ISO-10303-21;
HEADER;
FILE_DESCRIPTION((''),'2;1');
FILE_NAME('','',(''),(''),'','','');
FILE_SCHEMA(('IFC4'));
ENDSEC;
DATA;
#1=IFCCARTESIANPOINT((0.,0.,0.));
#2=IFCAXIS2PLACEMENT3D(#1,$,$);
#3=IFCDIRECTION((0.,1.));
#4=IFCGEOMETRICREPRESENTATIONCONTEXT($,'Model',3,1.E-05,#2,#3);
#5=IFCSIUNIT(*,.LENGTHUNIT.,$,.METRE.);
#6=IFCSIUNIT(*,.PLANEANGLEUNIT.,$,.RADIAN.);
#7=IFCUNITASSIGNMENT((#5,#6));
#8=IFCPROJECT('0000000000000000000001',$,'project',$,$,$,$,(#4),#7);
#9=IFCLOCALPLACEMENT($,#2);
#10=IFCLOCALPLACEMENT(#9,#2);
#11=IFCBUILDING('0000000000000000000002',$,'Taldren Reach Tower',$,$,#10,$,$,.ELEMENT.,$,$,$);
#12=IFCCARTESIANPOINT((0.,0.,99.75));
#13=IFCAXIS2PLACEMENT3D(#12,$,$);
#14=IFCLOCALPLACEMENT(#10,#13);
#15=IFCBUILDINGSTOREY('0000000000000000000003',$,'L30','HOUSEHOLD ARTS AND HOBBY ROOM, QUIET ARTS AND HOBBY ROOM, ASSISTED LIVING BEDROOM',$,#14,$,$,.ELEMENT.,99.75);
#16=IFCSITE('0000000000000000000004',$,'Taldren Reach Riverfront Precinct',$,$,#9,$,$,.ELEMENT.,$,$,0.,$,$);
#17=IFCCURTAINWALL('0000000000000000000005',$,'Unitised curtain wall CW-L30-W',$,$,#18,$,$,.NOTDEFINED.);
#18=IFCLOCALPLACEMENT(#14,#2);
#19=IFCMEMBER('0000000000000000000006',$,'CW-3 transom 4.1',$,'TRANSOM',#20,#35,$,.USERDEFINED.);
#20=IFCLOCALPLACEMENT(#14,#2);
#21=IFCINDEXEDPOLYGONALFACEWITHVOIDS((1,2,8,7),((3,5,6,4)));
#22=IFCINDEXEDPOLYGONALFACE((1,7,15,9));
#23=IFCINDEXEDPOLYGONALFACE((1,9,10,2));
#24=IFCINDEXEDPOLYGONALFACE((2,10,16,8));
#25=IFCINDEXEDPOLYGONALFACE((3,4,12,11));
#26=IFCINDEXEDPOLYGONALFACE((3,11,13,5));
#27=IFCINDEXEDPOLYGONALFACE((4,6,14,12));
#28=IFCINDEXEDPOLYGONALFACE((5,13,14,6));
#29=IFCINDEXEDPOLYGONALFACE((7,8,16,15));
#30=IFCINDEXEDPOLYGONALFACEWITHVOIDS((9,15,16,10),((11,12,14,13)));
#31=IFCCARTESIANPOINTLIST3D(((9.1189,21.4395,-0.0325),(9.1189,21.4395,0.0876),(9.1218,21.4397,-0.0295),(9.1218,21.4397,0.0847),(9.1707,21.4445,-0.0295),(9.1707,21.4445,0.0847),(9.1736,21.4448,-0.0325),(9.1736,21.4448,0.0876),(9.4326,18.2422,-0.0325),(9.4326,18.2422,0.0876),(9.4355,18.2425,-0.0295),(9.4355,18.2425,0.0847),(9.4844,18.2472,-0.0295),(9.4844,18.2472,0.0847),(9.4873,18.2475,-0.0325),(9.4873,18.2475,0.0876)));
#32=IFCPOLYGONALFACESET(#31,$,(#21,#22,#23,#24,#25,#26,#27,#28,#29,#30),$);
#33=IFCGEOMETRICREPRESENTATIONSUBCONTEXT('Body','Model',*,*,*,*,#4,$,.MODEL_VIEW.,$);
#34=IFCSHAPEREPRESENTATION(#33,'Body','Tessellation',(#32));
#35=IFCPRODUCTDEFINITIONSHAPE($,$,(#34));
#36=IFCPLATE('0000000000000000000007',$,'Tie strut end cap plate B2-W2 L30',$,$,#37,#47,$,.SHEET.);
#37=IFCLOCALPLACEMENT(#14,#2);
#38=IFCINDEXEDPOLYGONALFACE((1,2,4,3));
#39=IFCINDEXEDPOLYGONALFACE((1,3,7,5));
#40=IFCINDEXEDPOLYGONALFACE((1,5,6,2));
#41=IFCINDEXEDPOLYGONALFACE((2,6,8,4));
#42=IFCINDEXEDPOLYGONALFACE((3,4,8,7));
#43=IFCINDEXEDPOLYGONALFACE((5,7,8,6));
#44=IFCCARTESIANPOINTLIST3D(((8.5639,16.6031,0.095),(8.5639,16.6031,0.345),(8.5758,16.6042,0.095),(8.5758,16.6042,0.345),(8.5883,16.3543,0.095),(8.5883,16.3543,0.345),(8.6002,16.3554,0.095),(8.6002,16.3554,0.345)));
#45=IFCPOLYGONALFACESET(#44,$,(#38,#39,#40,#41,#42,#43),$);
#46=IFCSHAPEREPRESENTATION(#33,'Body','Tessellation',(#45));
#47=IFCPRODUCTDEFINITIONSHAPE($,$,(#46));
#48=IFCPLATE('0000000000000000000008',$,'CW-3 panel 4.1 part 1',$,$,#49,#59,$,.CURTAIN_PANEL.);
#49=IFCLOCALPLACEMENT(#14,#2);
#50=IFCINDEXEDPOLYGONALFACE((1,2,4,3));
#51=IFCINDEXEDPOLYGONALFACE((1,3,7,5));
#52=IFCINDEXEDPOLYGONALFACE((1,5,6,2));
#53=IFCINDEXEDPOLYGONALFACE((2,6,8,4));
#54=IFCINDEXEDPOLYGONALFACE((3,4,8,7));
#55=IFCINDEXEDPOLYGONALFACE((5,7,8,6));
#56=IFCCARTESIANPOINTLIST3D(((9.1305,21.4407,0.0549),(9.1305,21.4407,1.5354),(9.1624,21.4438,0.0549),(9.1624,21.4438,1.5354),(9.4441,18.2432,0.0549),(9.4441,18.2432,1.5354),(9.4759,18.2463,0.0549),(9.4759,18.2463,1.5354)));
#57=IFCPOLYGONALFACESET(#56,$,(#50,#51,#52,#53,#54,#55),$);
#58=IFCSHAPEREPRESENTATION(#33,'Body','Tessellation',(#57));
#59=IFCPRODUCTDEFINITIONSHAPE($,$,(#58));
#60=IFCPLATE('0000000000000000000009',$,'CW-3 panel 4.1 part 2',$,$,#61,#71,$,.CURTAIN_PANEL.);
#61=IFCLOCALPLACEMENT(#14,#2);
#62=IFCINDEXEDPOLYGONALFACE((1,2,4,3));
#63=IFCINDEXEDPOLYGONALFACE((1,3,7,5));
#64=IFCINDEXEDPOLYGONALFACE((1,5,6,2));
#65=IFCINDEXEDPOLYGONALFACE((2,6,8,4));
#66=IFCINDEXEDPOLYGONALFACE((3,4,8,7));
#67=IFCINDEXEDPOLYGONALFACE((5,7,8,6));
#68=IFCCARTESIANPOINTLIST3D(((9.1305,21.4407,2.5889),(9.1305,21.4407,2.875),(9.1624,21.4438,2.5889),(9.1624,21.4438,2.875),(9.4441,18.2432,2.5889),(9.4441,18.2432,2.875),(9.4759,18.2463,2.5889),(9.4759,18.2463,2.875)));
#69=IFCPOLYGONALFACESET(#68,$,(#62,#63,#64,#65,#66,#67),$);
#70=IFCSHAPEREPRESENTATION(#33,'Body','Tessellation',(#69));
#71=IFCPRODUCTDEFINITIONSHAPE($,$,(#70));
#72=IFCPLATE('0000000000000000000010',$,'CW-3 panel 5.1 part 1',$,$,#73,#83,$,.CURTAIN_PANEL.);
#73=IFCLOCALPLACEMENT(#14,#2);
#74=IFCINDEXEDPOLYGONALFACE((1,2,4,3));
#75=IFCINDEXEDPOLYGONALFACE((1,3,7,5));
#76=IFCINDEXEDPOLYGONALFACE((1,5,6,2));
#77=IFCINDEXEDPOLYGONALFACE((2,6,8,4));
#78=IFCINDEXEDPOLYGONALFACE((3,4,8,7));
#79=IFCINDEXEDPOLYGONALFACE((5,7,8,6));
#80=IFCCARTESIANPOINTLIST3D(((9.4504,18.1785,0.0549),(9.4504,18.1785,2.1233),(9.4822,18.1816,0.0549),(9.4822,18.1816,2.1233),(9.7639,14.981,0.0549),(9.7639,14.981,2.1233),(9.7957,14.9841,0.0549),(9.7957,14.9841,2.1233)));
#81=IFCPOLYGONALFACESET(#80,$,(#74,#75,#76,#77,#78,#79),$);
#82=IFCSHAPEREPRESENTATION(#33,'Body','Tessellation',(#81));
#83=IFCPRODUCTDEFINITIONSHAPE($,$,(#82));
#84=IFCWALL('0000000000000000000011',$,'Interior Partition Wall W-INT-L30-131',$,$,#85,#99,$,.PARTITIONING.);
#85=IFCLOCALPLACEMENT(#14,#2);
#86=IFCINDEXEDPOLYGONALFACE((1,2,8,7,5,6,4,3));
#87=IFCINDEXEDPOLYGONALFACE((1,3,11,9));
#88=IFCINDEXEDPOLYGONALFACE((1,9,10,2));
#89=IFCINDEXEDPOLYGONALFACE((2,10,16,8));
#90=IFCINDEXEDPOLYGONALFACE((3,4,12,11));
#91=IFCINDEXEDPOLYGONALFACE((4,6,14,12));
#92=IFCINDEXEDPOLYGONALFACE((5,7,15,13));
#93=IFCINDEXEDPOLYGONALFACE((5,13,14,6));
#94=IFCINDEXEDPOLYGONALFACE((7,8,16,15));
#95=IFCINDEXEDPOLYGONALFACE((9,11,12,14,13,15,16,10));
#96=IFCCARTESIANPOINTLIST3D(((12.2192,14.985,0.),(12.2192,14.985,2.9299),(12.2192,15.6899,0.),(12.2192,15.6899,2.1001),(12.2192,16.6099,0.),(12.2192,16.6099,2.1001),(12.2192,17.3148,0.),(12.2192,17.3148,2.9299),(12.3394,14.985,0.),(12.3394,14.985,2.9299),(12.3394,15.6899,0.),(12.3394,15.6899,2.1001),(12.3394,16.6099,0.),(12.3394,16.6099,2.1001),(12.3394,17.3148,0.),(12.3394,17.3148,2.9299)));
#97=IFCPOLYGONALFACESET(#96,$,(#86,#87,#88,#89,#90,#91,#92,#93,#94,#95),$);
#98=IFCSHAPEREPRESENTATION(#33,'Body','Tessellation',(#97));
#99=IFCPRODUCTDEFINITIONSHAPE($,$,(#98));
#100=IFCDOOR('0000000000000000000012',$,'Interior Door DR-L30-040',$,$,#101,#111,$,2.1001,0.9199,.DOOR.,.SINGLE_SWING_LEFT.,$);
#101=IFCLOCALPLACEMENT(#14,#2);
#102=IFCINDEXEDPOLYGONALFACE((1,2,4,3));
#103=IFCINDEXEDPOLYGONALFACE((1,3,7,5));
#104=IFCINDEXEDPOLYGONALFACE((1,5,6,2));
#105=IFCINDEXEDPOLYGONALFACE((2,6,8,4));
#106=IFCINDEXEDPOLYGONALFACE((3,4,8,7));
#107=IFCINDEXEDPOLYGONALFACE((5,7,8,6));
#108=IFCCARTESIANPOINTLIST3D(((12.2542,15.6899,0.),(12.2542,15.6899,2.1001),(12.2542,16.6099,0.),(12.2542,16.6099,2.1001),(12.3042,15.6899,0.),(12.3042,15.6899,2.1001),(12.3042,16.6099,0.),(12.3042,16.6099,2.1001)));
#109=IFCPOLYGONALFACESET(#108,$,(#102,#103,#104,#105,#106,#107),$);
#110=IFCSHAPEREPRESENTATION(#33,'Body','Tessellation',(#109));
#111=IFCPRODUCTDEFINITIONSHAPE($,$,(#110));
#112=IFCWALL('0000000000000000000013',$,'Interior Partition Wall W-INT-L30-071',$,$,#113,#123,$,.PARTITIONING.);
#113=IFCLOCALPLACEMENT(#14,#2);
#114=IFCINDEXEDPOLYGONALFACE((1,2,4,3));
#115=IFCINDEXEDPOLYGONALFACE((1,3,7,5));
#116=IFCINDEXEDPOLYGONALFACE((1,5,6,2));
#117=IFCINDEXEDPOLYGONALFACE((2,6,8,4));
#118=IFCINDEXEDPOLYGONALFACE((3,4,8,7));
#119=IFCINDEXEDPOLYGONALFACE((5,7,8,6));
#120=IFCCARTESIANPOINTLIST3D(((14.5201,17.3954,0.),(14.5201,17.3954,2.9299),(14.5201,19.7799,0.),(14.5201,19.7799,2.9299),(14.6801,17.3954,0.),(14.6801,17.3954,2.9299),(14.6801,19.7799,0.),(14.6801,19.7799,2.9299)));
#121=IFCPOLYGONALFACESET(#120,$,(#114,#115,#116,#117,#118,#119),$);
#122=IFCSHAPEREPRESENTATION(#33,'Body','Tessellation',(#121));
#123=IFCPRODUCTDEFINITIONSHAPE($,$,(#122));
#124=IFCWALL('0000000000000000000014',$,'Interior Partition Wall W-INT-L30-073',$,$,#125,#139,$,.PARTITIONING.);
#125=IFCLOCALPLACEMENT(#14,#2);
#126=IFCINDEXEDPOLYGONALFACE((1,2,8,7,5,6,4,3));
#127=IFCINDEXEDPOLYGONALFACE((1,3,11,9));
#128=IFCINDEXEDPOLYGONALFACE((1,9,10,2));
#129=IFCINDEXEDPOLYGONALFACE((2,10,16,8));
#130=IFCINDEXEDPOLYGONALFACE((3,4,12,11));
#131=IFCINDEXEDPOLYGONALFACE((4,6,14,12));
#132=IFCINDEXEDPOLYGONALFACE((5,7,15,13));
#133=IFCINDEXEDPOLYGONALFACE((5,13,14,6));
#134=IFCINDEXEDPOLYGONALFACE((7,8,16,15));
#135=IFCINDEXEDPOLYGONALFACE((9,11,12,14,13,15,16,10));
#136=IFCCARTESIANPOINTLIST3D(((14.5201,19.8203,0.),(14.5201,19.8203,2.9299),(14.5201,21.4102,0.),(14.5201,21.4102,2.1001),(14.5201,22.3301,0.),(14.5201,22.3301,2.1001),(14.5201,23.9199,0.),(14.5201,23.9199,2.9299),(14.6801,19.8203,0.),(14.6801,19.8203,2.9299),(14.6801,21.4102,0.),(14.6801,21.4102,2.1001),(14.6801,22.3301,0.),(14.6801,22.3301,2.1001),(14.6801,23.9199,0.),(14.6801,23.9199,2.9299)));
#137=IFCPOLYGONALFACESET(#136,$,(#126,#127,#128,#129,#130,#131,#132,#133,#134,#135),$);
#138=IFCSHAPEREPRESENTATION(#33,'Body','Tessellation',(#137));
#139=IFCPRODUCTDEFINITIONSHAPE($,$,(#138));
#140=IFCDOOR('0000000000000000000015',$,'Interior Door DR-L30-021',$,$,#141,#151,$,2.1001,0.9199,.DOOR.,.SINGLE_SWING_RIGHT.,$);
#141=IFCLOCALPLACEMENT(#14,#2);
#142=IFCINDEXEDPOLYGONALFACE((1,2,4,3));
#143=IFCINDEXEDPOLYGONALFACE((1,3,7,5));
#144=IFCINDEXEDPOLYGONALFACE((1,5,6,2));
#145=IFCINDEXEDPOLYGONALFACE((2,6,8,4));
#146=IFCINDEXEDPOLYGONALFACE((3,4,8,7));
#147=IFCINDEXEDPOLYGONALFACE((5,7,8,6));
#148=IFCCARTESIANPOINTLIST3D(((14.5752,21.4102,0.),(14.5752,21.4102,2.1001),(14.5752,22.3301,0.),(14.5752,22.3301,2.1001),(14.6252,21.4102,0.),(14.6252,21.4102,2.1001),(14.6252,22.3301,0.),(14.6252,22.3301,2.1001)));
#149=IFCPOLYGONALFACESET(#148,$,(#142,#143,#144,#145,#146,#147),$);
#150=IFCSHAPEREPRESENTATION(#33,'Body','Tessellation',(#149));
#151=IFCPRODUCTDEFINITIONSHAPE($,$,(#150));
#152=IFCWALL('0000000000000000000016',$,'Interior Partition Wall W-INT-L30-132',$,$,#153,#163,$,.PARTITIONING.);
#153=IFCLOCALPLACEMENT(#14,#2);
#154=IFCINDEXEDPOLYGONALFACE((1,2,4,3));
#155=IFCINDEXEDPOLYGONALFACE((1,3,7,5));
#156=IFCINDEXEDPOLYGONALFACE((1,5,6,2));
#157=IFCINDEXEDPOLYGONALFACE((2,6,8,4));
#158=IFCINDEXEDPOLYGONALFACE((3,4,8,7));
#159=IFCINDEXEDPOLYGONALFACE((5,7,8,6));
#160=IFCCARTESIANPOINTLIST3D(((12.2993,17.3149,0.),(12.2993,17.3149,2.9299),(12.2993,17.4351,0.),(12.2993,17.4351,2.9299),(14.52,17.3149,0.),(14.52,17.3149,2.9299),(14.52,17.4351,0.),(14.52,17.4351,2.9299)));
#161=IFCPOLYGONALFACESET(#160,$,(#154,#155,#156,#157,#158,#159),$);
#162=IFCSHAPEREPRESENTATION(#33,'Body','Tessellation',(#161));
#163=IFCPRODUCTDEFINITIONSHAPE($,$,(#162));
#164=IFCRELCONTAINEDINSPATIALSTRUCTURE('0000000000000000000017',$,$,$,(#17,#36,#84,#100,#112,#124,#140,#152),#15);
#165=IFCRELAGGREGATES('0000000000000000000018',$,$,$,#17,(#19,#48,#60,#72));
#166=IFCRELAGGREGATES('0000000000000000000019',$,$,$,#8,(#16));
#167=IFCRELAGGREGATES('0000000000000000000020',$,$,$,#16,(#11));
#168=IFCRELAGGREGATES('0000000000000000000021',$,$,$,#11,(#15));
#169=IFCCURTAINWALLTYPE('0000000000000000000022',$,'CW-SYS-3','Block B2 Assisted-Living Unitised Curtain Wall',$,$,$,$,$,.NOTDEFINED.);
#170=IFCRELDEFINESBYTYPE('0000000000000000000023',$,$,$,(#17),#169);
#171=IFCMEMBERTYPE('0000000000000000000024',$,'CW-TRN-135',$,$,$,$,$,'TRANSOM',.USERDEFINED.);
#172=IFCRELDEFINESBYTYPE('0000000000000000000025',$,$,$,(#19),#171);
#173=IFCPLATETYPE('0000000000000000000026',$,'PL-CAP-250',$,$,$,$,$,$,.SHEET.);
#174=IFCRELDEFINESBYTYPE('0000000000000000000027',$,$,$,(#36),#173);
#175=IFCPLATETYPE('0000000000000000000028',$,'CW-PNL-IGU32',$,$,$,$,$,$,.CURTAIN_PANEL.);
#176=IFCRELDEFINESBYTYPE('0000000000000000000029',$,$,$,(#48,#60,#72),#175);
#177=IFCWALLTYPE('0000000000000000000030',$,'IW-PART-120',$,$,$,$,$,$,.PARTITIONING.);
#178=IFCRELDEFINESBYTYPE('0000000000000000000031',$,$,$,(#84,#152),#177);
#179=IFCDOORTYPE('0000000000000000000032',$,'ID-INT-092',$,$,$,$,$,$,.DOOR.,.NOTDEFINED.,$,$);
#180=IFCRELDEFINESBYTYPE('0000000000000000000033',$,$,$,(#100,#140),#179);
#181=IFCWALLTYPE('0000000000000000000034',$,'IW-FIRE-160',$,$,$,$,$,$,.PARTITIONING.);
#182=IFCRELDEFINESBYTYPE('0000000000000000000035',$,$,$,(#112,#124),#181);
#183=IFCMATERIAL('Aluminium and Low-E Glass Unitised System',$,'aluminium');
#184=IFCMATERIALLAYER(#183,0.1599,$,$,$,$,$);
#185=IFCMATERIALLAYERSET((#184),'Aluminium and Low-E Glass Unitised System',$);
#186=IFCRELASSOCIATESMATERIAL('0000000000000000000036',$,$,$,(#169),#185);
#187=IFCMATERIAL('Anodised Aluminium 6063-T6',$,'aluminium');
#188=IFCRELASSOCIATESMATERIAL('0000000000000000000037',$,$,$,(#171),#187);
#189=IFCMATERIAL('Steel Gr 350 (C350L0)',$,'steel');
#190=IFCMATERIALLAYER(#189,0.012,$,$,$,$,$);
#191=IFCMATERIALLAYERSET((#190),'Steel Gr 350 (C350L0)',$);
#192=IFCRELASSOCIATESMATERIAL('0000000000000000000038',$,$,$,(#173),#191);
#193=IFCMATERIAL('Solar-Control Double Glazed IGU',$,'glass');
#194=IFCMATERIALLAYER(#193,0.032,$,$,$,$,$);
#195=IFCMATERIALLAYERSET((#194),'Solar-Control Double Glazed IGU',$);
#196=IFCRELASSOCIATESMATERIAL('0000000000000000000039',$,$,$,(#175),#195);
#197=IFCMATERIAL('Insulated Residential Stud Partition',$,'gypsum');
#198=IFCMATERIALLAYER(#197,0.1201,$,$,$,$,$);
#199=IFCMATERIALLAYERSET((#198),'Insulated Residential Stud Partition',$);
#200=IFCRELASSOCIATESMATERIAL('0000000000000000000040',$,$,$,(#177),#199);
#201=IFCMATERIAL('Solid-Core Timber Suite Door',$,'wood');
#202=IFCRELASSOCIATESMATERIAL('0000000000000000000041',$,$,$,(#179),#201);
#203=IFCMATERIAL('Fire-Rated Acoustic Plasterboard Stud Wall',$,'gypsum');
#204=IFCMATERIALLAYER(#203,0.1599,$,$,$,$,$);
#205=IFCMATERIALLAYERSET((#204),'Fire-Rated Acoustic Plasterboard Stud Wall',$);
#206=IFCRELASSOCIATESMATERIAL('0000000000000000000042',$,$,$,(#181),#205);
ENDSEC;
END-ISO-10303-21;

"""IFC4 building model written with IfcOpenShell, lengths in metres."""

from ifc_helpers import new_model, si_unit, direction, frame, frame_2d, origin, origin_2d, place, context, subcontext, project, spatial, rectangle, hollow_rectangle, extrude, source, transform, mapped, material, layer, layer_set, material_profile, profile_set, type_object, element, fill, aggregate, save


model = new_model("IFC4")

# Units and contexts
model_context = context("Model", 3, precision=1e-05, world=origin(), true_north=direction((0.0, 1.0)))
body_context = subcontext(model_context, "Body", "Model", "MODEL_VIEW")
ifc_project = project(units=[si_unit("LENGTHUNIT", "METRE"), si_unit("PLANEANGLEUNIT", "RADIAN")], contexts=[model_context])

# Site, building, storey
site_placement = place(None, origin())
site = spatial("IfcSite", under=ifc_project, at=site_placement, Name="Taldren Reach Riverfront Precinct", CompositionType="ELEMENT", RefElevation=0.0)
building_placement = place(site_placement, origin())
building = spatial("IfcBuilding", under=site, at=building_placement, Name="Taldren Reach Tower", CompositionType="ELEMENT")
storey_placement = place(building_placement, frame((0.0, 0.0, 99.75)))
storey = spatial("IfcBuildingStorey", under=building, at=storey_placement, Name="L30", Description="HOUSEHOLD ARTS AND HOBBY ROOM, QUIET ARTS AND HOBBY ROOM, ASSISTED LIVING BEDROOM", CompositionType="ELEMENT", Elevation=99.75)

# Shared definitions
ifc_material_1 = material(Name="Steel Gr 350 (C350L0)", Category="steel")

# Curtain wall, member
ifc_material_2 = material(Name="Aluminium and Low-E Glass Unitised System", Category="aluminium")
ifc_layer_1 = layer(ifc_material_2, 0.1599)
ifc_layer_set_1 = layer_set([ifc_layer_1], Name="Aluminium and Low-E Glass Unitised System")
curtain_wall_type = type_object("IfcCurtainWallType", Name="CW-SYS-3", Description="Block B2 Assisted-Living Unitised Curtain Wall", PredefinedType="NOTDEFINED", material=ifc_layer_set_1)
curtain_wall_placement = place(storey_placement, origin())
curtain_wall = element("IfcCurtainWall", 1, at=curtain_wall_placement, inside=storey, type_object=curtain_wall_type, Name="Unitised curtain wall CW-L30-W", PredefinedType="NOTDEFINED")
ifc_material_3 = material(Name="Anodised Aluminium 6063-T6", Category="aluminium")
ifc_material_profile_1 = material_profile(ifc_material_3, hollow_rectangle(XDim=0.0549, YDim=0.1201, WallThickness=0.0029, at=origin_2d()), Name="ALU-120x55x3RHS")
ifc_profile_set_1 = profile_set([ifc_material_profile_1], Name="Anodised Aluminium 6063-T6")
member_type_1 = type_object("IfcMemberType", Name="CW-TRN-135", ElementType="TRANSOM", PredefinedType="USERDEFINED", material=ifc_profile_set_1)
shared_shape_1 = source(origin(), body_context, "Body", "SweptSolid", [
    extrude(hollow_rectangle(XDim=0.0549, YDim=0.1201, WallThickness=0.0029, at=origin_2d()), origin(), (0.0, 0.0, 1.0), 3.2126),
])
member_1_placement = place(storey_placement, frame((9.1462, 21.4421, 0.0276), z_axis=(0.097653, -0.995221, 0.0), x_axis=(0.995221, 0.097653, 0.0)))
member_1 = element("IfcMember", 2, at=member_1_placement, type_object=member_type_1, Name="CW-3 transom 4.1", ObjectType="TRANSOM", PredefinedType="USERDEFINED", context=body_context, shape_type="MappedRepresentation", body=[
    mapped(shared_shape_1, transform((0.0, 0.0, 0.0), scale=1.0)),
])

# Plates
ifc_layer_2 = layer(ifc_material_1, 0.012)
ifc_layer_set_2 = layer_set([ifc_layer_2], Name="Steel Gr 350 (C350L0)")
plate_type_1 = type_object("IfcPlateType", Name="PL-CAP-250", PredefinedType="SHEET", material=ifc_layer_set_2)
shared_shape_2 = source(origin(), body_context, "Body", "SweptSolid", [
    extrude(rectangle(XDim=0.012, YDim=0.25, at=origin_2d()), origin(), (0.0, 0.0, 1.0), 0.25),
])
plate_1_placement = place(storey_placement, frame((8.582, 16.4792, 0.095), z_axis=(0.0, 0.0, 1.0), x_axis=(0.995227, 0.097583, 0.0)))
element("IfcPlate", 3, at=plate_1_placement, inside=storey, type_object=plate_type_1, Name="Tie strut end cap plate B2-W2 L30", PredefinedType="SHEET", context=body_context, shape_type="MappedRepresentation", body=[
    mapped(shared_shape_2, transform((0.0, 0.0, 0.0), scale=1.0)),
])
ifc_material_4 = material(Name="Solar-Control Double Glazed IGU", Category="glass")
ifc_layer_3 = layer(ifc_material_4, 0.032)
ifc_layer_set_3 = layer_set([ifc_layer_3], Name="Solar-Control Double Glazed IGU")
plate_type_2 = type_object("IfcPlateType", Name="CW-PNL-IGU32", PredefinedType="CURTAIN_PANEL", material=ifc_layer_set_3)
shared_shape_3 = source(origin(), body_context, "Body", "SweptSolid", [
    extrude(rectangle(XDim=3.2129, YDim=0.032, at=origin_2d()), origin(), (0.0, 0.0, 1.0), 1.4805),
])
plate_2_placement = place(storey_placement, frame((9.3032, 19.8435, 0.0549), z_axis=(0.0, 0.0, 1.0), x_axis=(0.097583, -0.995227, 0.0)))
plate_2 = element("IfcPlate", 4, at=plate_2_placement, type_object=plate_type_2, Name="CW-3 panel 4.1 part 1", PredefinedType="CURTAIN_PANEL", context=body_context, shape_type="MappedRepresentation", body=[
    mapped(shared_shape_3, transform((0.0, 0.0, 0.0), scale=1.0)),
])
shared_shape_4 = source(origin(), body_context, "Body", "SweptSolid", [
    extrude(rectangle(XDim=3.2129, YDim=0.032, at=origin_2d()), origin(), (0.0, 0.0, 1.0), 0.2861),
])
plate_3_placement = place(storey_placement, frame((9.3032, 19.8435, 2.5889), z_axis=(0.0, 0.0, 1.0), x_axis=(0.097583, -0.995227, 0.0)))
plate_3 = element("IfcPlate", 5, at=plate_3_placement, type_object=plate_type_2, Name="CW-3 panel 4.1 part 2", PredefinedType="CURTAIN_PANEL", context=body_context, shape_type="MappedRepresentation", body=[
    mapped(shared_shape_4, transform((0.0, 0.0, 0.0), scale=1.0)),
])
shared_shape_5 = source(origin(), body_context, "Body", "SweptSolid", [
    extrude(rectangle(XDim=3.2129, YDim=0.032, at=origin_2d()), origin(), (0.0, 0.0, 1.0), 2.0684),
])
plate_4_placement = place(storey_placement, frame((9.623, 16.5813, 0.0549), z_axis=(0.0, 0.0, 1.0), x_axis=(0.097583, -0.995227, 0.0)))
plate_4 = element("IfcPlate", 6, at=plate_4_placement, type_object=plate_type_2, Name="CW-3 panel 5.1 part 1", PredefinedType="CURTAIN_PANEL", context=body_context, shape_type="MappedRepresentation", body=[
    mapped(shared_shape_5, transform((0.0, 0.0, 0.0), scale=1.0)),
])
aggregate(curtain_wall, [member_1, plate_2, plate_3, plate_4])

# Wall, opening, door
ifc_material_5 = material(Name="Insulated Residential Stud Partition", Category="gypsum")
ifc_layer_4 = layer(ifc_material_5, 0.1201)
ifc_layer_set_4 = layer_set([ifc_layer_4], Name="Insulated Residential Stud Partition")
wall_type_1 = type_object("IfcWallType", Name="IW-PART-120", PredefinedType="PARTITIONING", material=ifc_layer_set_4)
shared_shape_6 = source(origin(), body_context, "Body", "SweptSolid", [
    extrude(rectangle(XDim=2.3298, YDim=0.1201, at=frame_2d((1.165, 0.0))), origin(), (0.0, 0.0, 1.0), 2.9299),
])
wall_1_placement = place(storey_placement, frame((12.2793, 17.3149, 0.0), z_axis=(0.0, 0.0, 1.0), x_axis=(0.0, -1.0, 0.0)))
wall_1 = element("IfcWall", 7, at=wall_1_placement, inside=storey, type_object=wall_type_1, Name="Interior Partition Wall W-INT-L30-131", PredefinedType="PARTITIONING", context=body_context, shape_type="MappedRepresentation", body=[
    mapped(shared_shape_6, transform((0.0, 0.0, 0.0), scale=1.0)),
])
shared_shape_7 = source(origin(), body_context, "Body", "SweptSolid", [
    extrude(rectangle(XDim=0.9199, YDim=2.1001, at=frame_2d((0.46, 1.05))), frame((0.0, 0.0701, 0.0), z_axis=(0.0, -1.0, 0.0), x_axis=(1.0, 0.0, 0.0)), (0.0, 0.0, 1.0), 0.1401),
])
opening_1_placement = place(wall_1_placement, frame((0.7051, 0.0, 0.0)))
opening_1 = element("IfcOpeningElement", 8, at=opening_1_placement, cuts=wall_1, PredefinedType="OPENING", context=body_context, shape_type="MappedRepresentation", body=[
    mapped(shared_shape_7, transform((0.0, 0.0, 0.0), scale=1.0)),
])
ifc_material_6 = material(Name="Solid-Core Timber Suite Door", Category="wood")
door_type = type_object("IfcDoorType", Name="ID-INT-092", OperationType="NOTDEFINED", PredefinedType="DOOR", material=ifc_material_6)
shared_shape_8 = source(origin(), body_context, "Body", "SweptSolid", [
    extrude(rectangle(XDim=0.9199, YDim=2.1001, at=frame_2d((0.46, 1.05))), frame((0.0, 0.0249, 0.0), z_axis=(0.0, -1.0, 0.0), x_axis=(1.0, 0.0, 0.0)), (0.0, 0.0, 1.0), 0.05),
])
door_1_placement = place(opening_1_placement, origin())
door_1 = element("IfcDoor", 9, at=door_1_placement, inside=storey, type_object=door_type, Name="Interior Door DR-L30-040", OperationType="SINGLE_SWING_LEFT", OverallHeight=2.1001, OverallWidth=0.9199, PredefinedType="DOOR", context=body_context, shape_type="MappedRepresentation", body=[
    mapped(shared_shape_8, transform((0.0, 0.0, 0.0), scale=1.0)),
])
fill(opening_1, door_1)

# Wall
ifc_material_7 = material(Name="Fire-Rated Acoustic Plasterboard Stud Wall", Category="gypsum")
ifc_layer_5 = layer(ifc_material_7, 0.1599)
ifc_layer_set_5 = layer_set([ifc_layer_5], Name="Fire-Rated Acoustic Plasterboard Stud Wall")
wall_type_2 = type_object("IfcWallType", Name="IW-FIRE-160", PredefinedType="PARTITIONING", material=ifc_layer_set_5)
shared_shape_9 = source(origin(), body_context, "Body", "SweptSolid", [
    extrude(rectangle(XDim=2.3845, YDim=0.1599, at=frame_2d((1.1924, 0.0))), origin(), (0.0, 0.0, 1.0), 2.9299),
])
wall_2_placement = place(storey_placement, frame((14.6001, 17.3953, 0.0), z_axis=(0.0, 0.0, 1.0), x_axis=(0.0, 1.0, 0.0)))
element("IfcWall", 10, at=wall_2_placement, inside=storey, type_object=wall_type_2, Name="Interior Partition Wall W-INT-L30-071", PredefinedType="PARTITIONING", context=body_context, shape_type="MappedRepresentation", body=[
    mapped(shared_shape_9, transform((0.0, 0.0, 0.0), scale=1.0)),
])

# Wall, opening, door
shared_shape_10 = source(origin(), body_context, "Body", "SweptSolid", [
    extrude(rectangle(XDim=4.0996, YDim=0.1599, at=frame_2d((2.0498, 0.0))), origin(), (0.0, 0.0, 1.0), 2.9299),
])
wall_3_placement = place(storey_placement, frame((14.6001, 19.8203, 0.0), z_axis=(0.0, 0.0, 1.0), x_axis=(0.0, 1.0, 0.0)))
wall_3 = element("IfcWall", 11, at=wall_3_placement, inside=storey, type_object=wall_type_2, Name="Interior Partition Wall W-INT-L30-073", PredefinedType="PARTITIONING", context=body_context, shape_type="MappedRepresentation", body=[
    mapped(shared_shape_10, transform((0.0, 0.0, 0.0), scale=1.0)),
])
shared_shape_11 = source(origin(), body_context, "Body", "SweptSolid", [
    extrude(rectangle(XDim=0.9199, YDim=2.1001, at=frame_2d((0.46, 1.05))), frame((0.0, 0.0898, 0.0), z_axis=(0.0, -1.0, 0.0), x_axis=(1.0, 0.0, 0.0)), (0.0, 0.0, 1.0), 0.1799),
])
opening_2_placement = place(wall_3_placement, frame((1.5898, 0.0, 0.0)))
opening_2 = element("IfcOpeningElement", 12, at=opening_2_placement, cuts=wall_3, PredefinedType="OPENING", context=body_context, shape_type="MappedRepresentation", body=[
    mapped(shared_shape_11, transform((0.0, 0.0, 0.0), scale=1.0)),
])
door_2_placement = place(opening_2_placement, origin())
door_2 = element("IfcDoor", 13, at=door_2_placement, inside=storey, type_object=door_type, Name="Interior Door DR-L30-021", OperationType="SINGLE_SWING_RIGHT", OverallHeight=2.1001, OverallWidth=0.9199, PredefinedType="DOOR", context=body_context, shape_type="MappedRepresentation", body=[
    mapped(shared_shape_8, transform((0.0, 0.0, 0.0), scale=1.0)),
])
fill(opening_2, door_2)

# Wall
shared_shape_12 = source(origin(), body_context, "Body", "SweptSolid", [
    extrude(rectangle(XDim=2.2207, YDim=0.1201, at=frame_2d((1.1104, 0.0))), origin(), (0.0, 0.0, 1.0), 2.9299),
])
wall_4_placement = place(storey_placement, frame((14.52, 17.375, 0.0), z_axis=(0.0, 0.0, 1.0), x_axis=(-1.0, 0.0, 0.0)))
element("IfcWall", 14, at=wall_4_placement, inside=storey, type_object=wall_type_1, Name="Interior Partition Wall W-INT-L30-132", PredefinedType="PARTITIONING", context=body_context, shape_type="MappedRepresentation", body=[
    mapped(shared_shape_12, transform((0.0, 0.0, 0.0), scale=1.0)),
])

save(model, "model.ifc")
